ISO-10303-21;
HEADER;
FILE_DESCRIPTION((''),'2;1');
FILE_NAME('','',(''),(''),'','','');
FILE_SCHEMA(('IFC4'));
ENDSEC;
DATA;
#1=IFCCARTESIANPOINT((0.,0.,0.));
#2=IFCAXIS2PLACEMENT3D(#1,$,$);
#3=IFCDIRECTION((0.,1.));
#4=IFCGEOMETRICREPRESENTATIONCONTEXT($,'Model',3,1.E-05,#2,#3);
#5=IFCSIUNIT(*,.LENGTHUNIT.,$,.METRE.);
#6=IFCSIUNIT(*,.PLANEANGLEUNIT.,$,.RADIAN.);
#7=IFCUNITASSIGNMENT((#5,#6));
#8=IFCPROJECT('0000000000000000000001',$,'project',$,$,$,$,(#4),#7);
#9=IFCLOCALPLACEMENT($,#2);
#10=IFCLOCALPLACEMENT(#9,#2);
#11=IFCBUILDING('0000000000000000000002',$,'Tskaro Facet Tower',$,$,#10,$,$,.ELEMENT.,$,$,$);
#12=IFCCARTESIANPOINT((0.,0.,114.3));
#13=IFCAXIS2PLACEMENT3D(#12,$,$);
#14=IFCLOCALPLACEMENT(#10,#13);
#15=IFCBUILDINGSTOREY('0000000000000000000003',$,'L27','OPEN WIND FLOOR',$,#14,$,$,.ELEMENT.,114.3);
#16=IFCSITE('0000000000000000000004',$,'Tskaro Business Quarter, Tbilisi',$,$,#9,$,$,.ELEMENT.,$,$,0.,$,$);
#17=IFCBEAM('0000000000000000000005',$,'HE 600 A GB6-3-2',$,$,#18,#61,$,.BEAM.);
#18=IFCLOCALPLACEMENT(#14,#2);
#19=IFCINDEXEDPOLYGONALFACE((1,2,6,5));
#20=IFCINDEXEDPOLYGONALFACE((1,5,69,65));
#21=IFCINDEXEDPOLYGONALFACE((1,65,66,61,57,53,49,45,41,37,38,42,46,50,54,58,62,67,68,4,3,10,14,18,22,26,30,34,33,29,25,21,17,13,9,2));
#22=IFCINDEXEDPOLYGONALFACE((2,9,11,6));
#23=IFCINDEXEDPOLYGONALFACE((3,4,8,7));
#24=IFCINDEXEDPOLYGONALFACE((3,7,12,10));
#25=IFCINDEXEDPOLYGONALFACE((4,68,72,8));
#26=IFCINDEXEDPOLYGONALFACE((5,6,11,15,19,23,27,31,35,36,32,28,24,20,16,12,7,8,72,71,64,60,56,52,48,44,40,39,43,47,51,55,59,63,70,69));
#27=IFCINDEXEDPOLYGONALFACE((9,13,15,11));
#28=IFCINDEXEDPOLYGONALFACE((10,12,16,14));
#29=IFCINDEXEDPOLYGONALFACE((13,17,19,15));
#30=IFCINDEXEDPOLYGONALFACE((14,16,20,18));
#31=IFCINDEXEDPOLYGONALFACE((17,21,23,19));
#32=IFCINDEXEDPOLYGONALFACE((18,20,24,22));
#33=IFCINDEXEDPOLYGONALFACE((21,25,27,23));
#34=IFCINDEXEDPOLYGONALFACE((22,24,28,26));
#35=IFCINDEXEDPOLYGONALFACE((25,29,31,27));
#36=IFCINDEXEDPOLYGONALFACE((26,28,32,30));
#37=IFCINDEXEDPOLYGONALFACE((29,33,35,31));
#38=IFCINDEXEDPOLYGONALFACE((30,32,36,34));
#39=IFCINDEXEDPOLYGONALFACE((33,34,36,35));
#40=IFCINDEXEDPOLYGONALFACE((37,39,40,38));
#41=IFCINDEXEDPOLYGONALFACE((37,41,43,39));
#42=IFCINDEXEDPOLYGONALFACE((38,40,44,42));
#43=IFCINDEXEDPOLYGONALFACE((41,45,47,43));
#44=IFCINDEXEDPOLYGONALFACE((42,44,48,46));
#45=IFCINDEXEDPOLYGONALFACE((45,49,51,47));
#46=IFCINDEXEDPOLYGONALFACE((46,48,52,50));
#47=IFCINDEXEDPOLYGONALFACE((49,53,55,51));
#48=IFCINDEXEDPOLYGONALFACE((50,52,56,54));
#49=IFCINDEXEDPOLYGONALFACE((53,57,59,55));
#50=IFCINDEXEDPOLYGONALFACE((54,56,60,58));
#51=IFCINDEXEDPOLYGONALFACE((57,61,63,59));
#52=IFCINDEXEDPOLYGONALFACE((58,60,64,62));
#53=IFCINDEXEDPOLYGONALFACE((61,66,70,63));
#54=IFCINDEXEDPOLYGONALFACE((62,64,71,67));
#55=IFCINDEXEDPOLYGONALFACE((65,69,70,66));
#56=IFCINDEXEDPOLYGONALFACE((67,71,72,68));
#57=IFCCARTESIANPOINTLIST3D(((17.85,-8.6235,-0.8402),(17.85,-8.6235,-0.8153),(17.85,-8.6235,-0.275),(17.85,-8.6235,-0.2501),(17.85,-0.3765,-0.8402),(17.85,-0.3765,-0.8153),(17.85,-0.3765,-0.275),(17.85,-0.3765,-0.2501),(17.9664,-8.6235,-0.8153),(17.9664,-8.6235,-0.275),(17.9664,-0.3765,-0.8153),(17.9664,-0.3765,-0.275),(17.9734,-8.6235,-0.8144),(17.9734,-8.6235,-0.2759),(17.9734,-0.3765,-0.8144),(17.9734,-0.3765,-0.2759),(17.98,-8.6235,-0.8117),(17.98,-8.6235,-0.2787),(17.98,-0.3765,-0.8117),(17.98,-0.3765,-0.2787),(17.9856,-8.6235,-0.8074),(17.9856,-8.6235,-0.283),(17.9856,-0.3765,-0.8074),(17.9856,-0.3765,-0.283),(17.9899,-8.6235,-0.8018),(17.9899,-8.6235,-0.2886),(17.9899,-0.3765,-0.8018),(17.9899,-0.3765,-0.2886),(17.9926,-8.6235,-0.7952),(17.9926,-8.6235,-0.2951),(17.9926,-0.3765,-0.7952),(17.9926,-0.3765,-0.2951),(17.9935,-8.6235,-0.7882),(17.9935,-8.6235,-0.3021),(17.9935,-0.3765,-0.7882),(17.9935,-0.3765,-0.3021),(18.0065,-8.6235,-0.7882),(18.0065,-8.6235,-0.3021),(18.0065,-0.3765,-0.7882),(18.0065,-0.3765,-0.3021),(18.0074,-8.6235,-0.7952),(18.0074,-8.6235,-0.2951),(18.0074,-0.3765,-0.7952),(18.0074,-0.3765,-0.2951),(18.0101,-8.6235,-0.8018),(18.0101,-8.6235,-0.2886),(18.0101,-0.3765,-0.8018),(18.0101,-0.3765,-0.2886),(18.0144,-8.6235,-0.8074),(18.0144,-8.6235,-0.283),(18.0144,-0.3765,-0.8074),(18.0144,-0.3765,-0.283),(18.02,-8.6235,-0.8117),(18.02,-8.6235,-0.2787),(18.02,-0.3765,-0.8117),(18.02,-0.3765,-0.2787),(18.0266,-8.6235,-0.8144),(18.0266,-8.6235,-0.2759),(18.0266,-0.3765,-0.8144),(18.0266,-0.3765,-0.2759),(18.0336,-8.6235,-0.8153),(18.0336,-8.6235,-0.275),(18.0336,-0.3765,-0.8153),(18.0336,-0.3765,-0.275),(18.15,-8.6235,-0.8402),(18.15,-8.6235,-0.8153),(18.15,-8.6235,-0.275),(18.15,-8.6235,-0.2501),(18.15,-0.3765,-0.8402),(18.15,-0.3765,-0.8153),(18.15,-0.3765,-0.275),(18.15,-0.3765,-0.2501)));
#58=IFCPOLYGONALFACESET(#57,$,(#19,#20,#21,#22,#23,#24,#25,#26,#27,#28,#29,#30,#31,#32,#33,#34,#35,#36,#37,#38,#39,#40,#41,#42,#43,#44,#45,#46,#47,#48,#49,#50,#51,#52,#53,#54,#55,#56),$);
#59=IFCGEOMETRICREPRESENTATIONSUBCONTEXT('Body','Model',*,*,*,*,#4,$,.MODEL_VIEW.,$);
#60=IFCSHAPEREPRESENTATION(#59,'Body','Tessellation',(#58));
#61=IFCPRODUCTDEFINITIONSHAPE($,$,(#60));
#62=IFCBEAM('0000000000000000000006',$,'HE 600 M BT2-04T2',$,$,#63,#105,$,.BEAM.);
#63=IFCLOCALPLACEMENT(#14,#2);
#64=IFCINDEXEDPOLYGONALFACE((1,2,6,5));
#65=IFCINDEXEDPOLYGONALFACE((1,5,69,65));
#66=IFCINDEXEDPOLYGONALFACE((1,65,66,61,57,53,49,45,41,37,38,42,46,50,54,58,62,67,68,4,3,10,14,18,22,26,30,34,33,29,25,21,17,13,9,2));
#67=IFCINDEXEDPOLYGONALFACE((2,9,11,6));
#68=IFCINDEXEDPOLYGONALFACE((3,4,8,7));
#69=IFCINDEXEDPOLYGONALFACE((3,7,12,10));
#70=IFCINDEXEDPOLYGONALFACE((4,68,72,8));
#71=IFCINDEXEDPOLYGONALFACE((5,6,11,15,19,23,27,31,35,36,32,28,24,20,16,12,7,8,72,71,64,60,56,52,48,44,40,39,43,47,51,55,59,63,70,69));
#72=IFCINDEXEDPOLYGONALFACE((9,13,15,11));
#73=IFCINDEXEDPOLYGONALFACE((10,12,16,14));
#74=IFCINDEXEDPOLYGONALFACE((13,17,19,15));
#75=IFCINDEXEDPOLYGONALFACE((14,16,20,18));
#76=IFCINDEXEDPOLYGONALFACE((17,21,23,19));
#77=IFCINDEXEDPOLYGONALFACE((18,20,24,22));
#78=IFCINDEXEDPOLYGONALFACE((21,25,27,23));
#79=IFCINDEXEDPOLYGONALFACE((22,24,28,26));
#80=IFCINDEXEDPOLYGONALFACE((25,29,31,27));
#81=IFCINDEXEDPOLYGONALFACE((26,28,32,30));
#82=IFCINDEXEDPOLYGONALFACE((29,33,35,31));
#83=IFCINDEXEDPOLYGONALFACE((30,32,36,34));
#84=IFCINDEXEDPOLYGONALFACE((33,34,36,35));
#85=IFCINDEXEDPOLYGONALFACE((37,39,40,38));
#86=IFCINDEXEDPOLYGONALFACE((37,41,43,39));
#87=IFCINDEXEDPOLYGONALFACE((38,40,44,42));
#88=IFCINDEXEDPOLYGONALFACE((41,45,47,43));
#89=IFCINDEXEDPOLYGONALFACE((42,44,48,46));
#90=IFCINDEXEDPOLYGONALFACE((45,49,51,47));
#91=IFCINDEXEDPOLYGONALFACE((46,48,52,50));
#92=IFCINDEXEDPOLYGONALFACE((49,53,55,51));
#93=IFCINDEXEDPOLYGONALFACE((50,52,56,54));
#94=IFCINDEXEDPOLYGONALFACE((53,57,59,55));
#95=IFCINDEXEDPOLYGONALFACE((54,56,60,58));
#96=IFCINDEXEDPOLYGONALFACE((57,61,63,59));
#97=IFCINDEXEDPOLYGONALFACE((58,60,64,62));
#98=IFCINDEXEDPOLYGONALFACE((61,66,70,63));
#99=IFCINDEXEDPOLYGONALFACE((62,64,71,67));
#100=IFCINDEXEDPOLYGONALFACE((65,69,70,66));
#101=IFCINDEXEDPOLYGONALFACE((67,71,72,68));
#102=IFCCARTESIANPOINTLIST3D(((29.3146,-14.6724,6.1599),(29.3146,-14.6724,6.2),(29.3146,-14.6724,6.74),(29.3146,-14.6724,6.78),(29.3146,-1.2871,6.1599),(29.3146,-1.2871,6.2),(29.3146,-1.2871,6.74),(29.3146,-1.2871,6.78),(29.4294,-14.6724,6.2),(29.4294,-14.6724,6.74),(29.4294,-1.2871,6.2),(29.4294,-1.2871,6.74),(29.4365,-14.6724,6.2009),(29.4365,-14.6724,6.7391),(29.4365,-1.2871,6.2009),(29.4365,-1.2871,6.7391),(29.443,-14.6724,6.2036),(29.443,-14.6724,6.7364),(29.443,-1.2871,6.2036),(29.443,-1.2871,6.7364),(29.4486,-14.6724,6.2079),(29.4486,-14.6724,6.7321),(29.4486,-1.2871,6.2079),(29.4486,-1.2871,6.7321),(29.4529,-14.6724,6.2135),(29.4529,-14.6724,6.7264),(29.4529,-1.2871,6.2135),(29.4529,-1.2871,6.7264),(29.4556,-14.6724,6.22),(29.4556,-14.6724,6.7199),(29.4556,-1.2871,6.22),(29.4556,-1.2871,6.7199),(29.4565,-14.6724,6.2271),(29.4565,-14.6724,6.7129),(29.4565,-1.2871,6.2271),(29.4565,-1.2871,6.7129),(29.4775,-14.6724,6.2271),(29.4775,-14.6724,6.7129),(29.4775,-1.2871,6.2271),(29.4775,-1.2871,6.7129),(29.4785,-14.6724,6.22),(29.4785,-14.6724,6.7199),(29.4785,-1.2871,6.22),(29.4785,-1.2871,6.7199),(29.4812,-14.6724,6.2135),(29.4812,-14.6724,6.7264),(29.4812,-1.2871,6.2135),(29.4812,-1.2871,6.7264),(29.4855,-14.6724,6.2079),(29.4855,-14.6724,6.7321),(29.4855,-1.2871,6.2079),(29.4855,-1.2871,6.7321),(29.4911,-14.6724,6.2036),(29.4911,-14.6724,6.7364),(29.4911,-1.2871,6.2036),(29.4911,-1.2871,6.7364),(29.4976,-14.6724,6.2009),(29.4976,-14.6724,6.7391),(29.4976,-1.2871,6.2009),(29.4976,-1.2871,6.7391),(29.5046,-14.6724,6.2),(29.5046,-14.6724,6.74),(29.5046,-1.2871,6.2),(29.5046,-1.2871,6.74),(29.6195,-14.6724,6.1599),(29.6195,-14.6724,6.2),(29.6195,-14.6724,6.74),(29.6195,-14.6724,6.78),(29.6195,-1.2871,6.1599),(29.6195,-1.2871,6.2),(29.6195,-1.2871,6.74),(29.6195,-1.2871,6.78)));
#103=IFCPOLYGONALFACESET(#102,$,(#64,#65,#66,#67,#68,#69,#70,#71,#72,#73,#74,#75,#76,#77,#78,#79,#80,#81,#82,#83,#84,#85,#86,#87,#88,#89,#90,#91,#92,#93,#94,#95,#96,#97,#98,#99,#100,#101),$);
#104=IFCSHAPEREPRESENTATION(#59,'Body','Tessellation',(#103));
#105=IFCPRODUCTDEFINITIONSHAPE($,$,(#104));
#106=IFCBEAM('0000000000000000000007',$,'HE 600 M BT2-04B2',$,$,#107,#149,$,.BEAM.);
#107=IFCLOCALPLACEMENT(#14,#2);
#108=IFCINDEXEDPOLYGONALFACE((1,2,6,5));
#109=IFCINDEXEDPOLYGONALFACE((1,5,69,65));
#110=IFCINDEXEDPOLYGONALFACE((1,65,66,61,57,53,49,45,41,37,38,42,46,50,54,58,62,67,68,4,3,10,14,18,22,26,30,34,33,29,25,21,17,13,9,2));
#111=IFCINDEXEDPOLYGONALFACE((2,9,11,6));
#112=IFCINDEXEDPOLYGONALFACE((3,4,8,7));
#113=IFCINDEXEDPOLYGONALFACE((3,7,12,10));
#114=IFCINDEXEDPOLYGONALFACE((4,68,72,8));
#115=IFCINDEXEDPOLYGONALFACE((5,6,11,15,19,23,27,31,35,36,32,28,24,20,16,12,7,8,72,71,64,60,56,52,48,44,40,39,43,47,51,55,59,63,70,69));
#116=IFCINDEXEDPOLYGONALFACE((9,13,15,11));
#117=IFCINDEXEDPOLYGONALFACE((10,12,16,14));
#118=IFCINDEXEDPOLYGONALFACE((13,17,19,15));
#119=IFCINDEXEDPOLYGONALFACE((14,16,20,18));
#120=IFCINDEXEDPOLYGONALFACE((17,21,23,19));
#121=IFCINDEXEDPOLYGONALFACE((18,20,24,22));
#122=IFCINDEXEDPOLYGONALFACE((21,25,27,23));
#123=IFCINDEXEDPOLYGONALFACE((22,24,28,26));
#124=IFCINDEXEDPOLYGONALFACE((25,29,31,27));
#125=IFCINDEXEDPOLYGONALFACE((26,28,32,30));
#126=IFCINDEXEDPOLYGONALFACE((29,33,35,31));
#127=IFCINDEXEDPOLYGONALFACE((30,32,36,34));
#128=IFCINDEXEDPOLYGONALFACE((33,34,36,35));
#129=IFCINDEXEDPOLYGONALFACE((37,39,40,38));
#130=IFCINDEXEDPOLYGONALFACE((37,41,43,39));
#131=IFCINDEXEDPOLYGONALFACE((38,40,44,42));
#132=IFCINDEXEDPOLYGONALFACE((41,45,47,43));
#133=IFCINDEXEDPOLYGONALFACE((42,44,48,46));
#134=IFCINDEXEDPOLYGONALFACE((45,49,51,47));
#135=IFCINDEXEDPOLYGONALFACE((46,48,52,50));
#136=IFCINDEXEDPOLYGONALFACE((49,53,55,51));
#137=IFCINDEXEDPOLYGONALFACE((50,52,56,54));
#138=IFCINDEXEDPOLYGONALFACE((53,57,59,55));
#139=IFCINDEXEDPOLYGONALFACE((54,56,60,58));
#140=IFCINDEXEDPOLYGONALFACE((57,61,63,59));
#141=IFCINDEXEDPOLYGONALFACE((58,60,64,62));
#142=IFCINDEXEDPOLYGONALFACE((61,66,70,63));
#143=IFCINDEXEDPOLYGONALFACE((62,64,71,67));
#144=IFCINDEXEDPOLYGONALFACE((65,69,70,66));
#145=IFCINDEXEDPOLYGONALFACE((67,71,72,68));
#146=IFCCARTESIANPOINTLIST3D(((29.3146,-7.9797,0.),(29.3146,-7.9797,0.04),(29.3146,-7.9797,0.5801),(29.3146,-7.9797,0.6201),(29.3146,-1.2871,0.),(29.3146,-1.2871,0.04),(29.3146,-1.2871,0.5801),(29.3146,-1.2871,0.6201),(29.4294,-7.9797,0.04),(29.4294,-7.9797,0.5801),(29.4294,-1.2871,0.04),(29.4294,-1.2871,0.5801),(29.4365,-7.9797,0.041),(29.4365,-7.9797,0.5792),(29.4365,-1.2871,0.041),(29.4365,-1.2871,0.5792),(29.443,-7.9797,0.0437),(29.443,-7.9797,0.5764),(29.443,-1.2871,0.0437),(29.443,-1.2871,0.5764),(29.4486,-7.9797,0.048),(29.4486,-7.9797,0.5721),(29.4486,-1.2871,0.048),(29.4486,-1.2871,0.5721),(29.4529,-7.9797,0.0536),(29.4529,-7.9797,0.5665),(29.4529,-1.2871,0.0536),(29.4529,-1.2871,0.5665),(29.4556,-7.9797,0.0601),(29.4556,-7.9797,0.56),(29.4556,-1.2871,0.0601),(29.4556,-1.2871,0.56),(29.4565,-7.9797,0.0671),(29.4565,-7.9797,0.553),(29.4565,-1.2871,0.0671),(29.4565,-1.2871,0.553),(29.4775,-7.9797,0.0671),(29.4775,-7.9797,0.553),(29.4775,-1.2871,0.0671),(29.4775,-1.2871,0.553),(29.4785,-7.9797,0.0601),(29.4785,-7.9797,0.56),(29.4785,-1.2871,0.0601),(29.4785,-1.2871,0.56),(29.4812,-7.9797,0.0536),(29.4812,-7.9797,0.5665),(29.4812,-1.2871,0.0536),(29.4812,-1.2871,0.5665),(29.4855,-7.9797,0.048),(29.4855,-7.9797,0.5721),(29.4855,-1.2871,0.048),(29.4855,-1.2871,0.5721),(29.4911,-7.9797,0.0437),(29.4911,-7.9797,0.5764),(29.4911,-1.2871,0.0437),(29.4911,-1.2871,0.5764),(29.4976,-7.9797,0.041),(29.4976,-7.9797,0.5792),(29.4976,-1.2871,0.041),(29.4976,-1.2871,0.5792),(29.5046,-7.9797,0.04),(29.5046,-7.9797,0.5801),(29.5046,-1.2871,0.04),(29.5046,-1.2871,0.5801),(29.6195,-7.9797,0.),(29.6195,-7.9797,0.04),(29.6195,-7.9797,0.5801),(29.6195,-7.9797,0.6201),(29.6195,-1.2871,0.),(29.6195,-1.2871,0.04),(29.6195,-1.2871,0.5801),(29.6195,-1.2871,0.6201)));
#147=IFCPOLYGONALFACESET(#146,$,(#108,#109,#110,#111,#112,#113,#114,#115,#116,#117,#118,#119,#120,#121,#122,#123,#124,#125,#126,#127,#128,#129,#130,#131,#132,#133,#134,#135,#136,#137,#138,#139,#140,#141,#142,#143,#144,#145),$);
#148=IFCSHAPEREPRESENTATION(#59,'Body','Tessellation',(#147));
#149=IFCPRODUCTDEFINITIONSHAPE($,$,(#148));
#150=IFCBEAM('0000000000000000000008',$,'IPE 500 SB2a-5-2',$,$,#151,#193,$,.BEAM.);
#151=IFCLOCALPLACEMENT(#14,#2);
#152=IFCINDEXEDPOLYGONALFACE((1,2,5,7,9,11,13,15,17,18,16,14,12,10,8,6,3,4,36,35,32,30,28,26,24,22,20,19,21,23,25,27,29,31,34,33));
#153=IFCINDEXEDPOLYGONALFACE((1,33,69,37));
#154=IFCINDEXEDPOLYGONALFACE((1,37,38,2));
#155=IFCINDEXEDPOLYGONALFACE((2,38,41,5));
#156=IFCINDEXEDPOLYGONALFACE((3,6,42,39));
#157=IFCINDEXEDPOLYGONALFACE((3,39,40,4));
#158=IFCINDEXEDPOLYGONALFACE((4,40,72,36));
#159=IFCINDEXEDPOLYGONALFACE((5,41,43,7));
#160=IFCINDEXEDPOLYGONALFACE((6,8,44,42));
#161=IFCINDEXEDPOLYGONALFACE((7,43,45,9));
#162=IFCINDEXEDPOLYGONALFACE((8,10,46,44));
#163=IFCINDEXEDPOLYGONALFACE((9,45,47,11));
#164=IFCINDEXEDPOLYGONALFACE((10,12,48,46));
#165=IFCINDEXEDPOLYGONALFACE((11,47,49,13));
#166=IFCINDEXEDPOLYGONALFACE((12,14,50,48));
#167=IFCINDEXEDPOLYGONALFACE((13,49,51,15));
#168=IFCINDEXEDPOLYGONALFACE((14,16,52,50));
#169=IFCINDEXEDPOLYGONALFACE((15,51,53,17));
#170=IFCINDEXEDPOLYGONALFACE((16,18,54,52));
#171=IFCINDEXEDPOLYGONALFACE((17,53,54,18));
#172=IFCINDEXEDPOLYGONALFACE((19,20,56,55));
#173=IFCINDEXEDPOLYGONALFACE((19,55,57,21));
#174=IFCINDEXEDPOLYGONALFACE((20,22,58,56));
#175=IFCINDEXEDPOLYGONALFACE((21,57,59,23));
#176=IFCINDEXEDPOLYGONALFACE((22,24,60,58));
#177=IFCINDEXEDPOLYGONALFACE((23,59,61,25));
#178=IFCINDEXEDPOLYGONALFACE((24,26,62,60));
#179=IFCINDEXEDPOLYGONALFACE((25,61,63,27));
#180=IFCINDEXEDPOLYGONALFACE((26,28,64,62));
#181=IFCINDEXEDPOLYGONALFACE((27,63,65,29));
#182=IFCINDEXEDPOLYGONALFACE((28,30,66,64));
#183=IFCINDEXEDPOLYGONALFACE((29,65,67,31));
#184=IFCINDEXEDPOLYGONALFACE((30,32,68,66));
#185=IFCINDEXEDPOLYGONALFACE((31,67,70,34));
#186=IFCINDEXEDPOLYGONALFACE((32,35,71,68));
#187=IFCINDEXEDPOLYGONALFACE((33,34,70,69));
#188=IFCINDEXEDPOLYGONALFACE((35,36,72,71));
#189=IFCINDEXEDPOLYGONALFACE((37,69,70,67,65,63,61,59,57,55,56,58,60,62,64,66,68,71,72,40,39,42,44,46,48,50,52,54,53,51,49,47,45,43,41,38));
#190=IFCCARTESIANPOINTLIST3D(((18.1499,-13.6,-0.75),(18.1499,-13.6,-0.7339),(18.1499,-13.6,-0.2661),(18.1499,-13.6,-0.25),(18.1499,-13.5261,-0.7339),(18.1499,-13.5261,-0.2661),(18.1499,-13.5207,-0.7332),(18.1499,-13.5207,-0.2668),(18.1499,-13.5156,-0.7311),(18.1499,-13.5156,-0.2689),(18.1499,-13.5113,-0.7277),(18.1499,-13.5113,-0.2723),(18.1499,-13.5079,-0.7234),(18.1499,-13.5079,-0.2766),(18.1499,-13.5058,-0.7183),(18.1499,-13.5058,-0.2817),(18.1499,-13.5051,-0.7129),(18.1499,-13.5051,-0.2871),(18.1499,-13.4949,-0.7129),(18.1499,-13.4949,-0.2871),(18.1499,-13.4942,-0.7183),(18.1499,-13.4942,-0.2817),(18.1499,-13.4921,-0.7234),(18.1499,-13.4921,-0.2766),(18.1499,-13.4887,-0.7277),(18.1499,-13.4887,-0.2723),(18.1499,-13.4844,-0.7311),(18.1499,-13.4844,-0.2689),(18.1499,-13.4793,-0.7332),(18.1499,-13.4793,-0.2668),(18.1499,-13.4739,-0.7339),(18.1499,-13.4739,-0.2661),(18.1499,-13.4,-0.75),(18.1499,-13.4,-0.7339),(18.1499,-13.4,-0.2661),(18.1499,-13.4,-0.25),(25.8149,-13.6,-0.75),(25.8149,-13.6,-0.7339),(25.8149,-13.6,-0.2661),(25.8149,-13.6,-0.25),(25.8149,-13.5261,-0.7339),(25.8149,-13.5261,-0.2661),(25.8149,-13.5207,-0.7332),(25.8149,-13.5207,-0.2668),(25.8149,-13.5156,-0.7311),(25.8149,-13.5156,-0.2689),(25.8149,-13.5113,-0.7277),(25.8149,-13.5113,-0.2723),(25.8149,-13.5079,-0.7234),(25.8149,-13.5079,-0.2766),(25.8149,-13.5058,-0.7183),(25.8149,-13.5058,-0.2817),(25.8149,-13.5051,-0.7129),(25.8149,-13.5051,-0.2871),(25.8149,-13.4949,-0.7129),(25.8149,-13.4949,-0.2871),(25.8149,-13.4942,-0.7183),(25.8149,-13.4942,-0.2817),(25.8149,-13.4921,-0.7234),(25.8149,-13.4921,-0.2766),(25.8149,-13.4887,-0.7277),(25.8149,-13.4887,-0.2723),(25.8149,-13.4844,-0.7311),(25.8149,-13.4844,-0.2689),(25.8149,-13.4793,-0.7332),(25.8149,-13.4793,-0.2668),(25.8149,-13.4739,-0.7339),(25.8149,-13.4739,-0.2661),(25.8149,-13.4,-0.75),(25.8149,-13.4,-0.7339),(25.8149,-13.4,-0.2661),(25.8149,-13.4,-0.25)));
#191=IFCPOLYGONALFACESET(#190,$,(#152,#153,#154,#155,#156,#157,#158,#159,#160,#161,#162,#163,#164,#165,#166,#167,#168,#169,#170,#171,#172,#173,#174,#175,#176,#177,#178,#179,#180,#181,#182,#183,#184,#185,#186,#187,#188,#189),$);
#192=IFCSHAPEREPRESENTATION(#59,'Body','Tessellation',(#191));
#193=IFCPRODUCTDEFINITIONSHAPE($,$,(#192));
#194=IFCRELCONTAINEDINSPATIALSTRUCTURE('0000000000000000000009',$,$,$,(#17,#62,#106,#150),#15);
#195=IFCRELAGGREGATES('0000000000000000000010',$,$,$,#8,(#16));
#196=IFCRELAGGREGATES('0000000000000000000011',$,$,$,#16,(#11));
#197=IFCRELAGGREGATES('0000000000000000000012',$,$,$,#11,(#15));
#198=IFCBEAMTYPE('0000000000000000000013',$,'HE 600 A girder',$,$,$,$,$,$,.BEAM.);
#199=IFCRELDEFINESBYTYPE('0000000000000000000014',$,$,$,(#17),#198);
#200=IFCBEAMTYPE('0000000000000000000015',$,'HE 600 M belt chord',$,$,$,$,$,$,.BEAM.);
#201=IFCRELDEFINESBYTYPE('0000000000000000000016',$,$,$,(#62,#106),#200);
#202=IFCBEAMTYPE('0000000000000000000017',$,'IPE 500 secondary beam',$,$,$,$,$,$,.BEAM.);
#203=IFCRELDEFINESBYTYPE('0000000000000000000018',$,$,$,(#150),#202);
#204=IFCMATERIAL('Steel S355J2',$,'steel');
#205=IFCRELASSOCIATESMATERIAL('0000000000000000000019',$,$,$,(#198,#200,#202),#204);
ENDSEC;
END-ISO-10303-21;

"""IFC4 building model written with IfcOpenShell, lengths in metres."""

from ifc_helpers import new_model, si_unit, direction, frame, origin, origin_2d, place, context, subcontext, project, spatial, i_section, extrude, material, material_profile, profile_set, type_object, element, save


model = new_model("IFC4")

# Units and contexts
model_context = context("Model", 3, precision=1e-05, world=origin(), true_north=direction((0.0, 1.0)))
body_context = subcontext(model_context, "Body", "Model", "MODEL_VIEW")
ifc_project = project(units=[si_unit("LENGTHUNIT", "METRE"), si_unit("PLANEANGLEUNIT", "RADIAN")], contexts=[model_context])

# Site, building, storey
site_placement = place(None, origin())
site = spatial("IfcSite", under=ifc_project, at=site_placement, Name="Tskaro Business Quarter, Tbilisi", CompositionType="ELEMENT", RefElevation=0.0)
building_placement = place(site_placement, origin())
building = spatial("IfcBuilding", under=site, at=building_placement, Name="Tskaro Facet Tower", CompositionType="ELEMENT")
storey_placement = place(building_placement, frame((0.0, 0.0, 114.3)))
storey = spatial("IfcBuildingStorey", under=building, at=storey_placement, Name="L27", Description="OPEN WIND FLOOR", CompositionType="ELEMENT", Elevation=114.3)

# Shared definitions
ifc_material_1 = material(Name="Steel S355J2", Category="steel")

# Beams
ifc_material_profile_1 = material_profile(ifc_material_1, i_section(OverallWidth=0.3, OverallDepth=0.5901, WebThickness=0.0129, FlangeThickness=0.0249, FilletRadius=0.0271, at=origin_2d()), Name="HE 600 A")
ifc_profile_set_1 = profile_set([ifc_material_profile_1], Name="Steel S355J2")
beam_type_1 = type_object("IfcBeamType", Name="HE 600 A girder", PredefinedType="BEAM", material=ifc_profile_set_1)
for number, where, z_axis, x_axis, name in (
    (1, (18.0, -8.6235, -0.5452), (0.0, 1.0, 0.0), (-1.0, 0.0, 0.0), "HE 600 A GB6-3-2"),
):
    element("IfcBeam", number, at=place(storey_placement, frame(where, z_axis=z_axis, x_axis=x_axis)), inside=storey, type_object=beam_type_1, Name=name, PredefinedType="BEAM", context=body_context, shape_type="SweptSolid", body=[
        extrude(i_section(OverallWidth=0.3, OverallDepth=0.5901, WebThickness=0.0129, FlangeThickness=0.0249, FilletRadius=0.0271, at=origin_2d()), origin(), (0.0, 0.0, 1.0), 8.2471),
    ])
ifc_material_profile_2 = material_profile(ifc_material_1, i_section(OverallWidth=0.3049, OverallDepth=0.6201, WebThickness=0.021, FlangeThickness=0.04, FilletRadius=0.0271, at=origin_2d()), Name="HE 600 M")
ifc_profile_set_2 = profile_set([ifc_material_profile_2], Name="Steel S355J2")
beam_type_2 = type_object("IfcBeamType", Name="HE 600 M belt chord", PredefinedType="BEAM", material=ifc_profile_set_2)
beam_1_placement = place(storey_placement, frame((29.467, -14.6724, 6.47), z_axis=(0.0, 1.0, 0.0), x_axis=(-1.0, 0.0, 0.0)))
element("IfcBeam", 2, at=beam_1_placement, inside=storey, type_object=beam_type_2, Name="HE 600 M BT2-04T2", PredefinedType="BEAM", context=body_context, shape_type="SweptSolid", body=[
    extrude(i_section(OverallWidth=0.3049, OverallDepth=0.6201, WebThickness=0.021, FlangeThickness=0.04, FilletRadius=0.0271, at=origin_2d()), origin(), (0.0, 0.0, 1.0), 13.3853),
])
beam_2_placement = place(storey_placement, frame((29.467, -7.9797, 0.3101), z_axis=(0.0, 1.0, 0.0), x_axis=(-1.0, 0.0, 0.0)))
element("IfcBeam", 3, at=beam_2_placement, inside=storey, type_object=beam_type_2, Name="HE 600 M BT2-04B2", PredefinedType="BEAM", context=body_context, shape_type="SweptSolid", body=[
    extrude(i_section(OverallWidth=0.3049, OverallDepth=0.6201, WebThickness=0.021, FlangeThickness=0.04, FilletRadius=0.0271, at=origin_2d()), origin(), (0.0, 0.0, 1.0), 6.6926),
])
ifc_material_profile_3 = material_profile(ifc_material_1, i_section(OverallWidth=0.2, OverallDepth=0.5, WebThickness=0.0103, FlangeThickness=0.0161, FilletRadius=0.021, at=origin_2d()), Name="IPE 500")
ifc_profile_set_3 = profile_set([ifc_material_profile_3], Name="Steel S355J2")
beam_type_3 = type_object("IfcBeamType", Name="IPE 500 secondary beam", PredefinedType="BEAM", material=ifc_profile_set_3)
beam_3_placement = place(storey_placement, frame((18.1499, -13.5, -0.5), z_axis=(1.0, 0.0, 0.0), x_axis=(0.0, 1.0, 0.0)))
element("IfcBeam", 4, at=beam_3_placement, inside=storey, type_object=beam_type_3, Name="IPE 500 SB2a-5-2", PredefinedType="BEAM", context=body_context, shape_type="SweptSolid", body=[
    extrude(i_section(OverallWidth=0.2, OverallDepth=0.5, WebThickness=0.0103, FlangeThickness=0.0161, FilletRadius=0.021, at=origin_2d()), origin(), (0.0, 0.0, 1.0), 7.665),
])

save(model, "model.ifc")
